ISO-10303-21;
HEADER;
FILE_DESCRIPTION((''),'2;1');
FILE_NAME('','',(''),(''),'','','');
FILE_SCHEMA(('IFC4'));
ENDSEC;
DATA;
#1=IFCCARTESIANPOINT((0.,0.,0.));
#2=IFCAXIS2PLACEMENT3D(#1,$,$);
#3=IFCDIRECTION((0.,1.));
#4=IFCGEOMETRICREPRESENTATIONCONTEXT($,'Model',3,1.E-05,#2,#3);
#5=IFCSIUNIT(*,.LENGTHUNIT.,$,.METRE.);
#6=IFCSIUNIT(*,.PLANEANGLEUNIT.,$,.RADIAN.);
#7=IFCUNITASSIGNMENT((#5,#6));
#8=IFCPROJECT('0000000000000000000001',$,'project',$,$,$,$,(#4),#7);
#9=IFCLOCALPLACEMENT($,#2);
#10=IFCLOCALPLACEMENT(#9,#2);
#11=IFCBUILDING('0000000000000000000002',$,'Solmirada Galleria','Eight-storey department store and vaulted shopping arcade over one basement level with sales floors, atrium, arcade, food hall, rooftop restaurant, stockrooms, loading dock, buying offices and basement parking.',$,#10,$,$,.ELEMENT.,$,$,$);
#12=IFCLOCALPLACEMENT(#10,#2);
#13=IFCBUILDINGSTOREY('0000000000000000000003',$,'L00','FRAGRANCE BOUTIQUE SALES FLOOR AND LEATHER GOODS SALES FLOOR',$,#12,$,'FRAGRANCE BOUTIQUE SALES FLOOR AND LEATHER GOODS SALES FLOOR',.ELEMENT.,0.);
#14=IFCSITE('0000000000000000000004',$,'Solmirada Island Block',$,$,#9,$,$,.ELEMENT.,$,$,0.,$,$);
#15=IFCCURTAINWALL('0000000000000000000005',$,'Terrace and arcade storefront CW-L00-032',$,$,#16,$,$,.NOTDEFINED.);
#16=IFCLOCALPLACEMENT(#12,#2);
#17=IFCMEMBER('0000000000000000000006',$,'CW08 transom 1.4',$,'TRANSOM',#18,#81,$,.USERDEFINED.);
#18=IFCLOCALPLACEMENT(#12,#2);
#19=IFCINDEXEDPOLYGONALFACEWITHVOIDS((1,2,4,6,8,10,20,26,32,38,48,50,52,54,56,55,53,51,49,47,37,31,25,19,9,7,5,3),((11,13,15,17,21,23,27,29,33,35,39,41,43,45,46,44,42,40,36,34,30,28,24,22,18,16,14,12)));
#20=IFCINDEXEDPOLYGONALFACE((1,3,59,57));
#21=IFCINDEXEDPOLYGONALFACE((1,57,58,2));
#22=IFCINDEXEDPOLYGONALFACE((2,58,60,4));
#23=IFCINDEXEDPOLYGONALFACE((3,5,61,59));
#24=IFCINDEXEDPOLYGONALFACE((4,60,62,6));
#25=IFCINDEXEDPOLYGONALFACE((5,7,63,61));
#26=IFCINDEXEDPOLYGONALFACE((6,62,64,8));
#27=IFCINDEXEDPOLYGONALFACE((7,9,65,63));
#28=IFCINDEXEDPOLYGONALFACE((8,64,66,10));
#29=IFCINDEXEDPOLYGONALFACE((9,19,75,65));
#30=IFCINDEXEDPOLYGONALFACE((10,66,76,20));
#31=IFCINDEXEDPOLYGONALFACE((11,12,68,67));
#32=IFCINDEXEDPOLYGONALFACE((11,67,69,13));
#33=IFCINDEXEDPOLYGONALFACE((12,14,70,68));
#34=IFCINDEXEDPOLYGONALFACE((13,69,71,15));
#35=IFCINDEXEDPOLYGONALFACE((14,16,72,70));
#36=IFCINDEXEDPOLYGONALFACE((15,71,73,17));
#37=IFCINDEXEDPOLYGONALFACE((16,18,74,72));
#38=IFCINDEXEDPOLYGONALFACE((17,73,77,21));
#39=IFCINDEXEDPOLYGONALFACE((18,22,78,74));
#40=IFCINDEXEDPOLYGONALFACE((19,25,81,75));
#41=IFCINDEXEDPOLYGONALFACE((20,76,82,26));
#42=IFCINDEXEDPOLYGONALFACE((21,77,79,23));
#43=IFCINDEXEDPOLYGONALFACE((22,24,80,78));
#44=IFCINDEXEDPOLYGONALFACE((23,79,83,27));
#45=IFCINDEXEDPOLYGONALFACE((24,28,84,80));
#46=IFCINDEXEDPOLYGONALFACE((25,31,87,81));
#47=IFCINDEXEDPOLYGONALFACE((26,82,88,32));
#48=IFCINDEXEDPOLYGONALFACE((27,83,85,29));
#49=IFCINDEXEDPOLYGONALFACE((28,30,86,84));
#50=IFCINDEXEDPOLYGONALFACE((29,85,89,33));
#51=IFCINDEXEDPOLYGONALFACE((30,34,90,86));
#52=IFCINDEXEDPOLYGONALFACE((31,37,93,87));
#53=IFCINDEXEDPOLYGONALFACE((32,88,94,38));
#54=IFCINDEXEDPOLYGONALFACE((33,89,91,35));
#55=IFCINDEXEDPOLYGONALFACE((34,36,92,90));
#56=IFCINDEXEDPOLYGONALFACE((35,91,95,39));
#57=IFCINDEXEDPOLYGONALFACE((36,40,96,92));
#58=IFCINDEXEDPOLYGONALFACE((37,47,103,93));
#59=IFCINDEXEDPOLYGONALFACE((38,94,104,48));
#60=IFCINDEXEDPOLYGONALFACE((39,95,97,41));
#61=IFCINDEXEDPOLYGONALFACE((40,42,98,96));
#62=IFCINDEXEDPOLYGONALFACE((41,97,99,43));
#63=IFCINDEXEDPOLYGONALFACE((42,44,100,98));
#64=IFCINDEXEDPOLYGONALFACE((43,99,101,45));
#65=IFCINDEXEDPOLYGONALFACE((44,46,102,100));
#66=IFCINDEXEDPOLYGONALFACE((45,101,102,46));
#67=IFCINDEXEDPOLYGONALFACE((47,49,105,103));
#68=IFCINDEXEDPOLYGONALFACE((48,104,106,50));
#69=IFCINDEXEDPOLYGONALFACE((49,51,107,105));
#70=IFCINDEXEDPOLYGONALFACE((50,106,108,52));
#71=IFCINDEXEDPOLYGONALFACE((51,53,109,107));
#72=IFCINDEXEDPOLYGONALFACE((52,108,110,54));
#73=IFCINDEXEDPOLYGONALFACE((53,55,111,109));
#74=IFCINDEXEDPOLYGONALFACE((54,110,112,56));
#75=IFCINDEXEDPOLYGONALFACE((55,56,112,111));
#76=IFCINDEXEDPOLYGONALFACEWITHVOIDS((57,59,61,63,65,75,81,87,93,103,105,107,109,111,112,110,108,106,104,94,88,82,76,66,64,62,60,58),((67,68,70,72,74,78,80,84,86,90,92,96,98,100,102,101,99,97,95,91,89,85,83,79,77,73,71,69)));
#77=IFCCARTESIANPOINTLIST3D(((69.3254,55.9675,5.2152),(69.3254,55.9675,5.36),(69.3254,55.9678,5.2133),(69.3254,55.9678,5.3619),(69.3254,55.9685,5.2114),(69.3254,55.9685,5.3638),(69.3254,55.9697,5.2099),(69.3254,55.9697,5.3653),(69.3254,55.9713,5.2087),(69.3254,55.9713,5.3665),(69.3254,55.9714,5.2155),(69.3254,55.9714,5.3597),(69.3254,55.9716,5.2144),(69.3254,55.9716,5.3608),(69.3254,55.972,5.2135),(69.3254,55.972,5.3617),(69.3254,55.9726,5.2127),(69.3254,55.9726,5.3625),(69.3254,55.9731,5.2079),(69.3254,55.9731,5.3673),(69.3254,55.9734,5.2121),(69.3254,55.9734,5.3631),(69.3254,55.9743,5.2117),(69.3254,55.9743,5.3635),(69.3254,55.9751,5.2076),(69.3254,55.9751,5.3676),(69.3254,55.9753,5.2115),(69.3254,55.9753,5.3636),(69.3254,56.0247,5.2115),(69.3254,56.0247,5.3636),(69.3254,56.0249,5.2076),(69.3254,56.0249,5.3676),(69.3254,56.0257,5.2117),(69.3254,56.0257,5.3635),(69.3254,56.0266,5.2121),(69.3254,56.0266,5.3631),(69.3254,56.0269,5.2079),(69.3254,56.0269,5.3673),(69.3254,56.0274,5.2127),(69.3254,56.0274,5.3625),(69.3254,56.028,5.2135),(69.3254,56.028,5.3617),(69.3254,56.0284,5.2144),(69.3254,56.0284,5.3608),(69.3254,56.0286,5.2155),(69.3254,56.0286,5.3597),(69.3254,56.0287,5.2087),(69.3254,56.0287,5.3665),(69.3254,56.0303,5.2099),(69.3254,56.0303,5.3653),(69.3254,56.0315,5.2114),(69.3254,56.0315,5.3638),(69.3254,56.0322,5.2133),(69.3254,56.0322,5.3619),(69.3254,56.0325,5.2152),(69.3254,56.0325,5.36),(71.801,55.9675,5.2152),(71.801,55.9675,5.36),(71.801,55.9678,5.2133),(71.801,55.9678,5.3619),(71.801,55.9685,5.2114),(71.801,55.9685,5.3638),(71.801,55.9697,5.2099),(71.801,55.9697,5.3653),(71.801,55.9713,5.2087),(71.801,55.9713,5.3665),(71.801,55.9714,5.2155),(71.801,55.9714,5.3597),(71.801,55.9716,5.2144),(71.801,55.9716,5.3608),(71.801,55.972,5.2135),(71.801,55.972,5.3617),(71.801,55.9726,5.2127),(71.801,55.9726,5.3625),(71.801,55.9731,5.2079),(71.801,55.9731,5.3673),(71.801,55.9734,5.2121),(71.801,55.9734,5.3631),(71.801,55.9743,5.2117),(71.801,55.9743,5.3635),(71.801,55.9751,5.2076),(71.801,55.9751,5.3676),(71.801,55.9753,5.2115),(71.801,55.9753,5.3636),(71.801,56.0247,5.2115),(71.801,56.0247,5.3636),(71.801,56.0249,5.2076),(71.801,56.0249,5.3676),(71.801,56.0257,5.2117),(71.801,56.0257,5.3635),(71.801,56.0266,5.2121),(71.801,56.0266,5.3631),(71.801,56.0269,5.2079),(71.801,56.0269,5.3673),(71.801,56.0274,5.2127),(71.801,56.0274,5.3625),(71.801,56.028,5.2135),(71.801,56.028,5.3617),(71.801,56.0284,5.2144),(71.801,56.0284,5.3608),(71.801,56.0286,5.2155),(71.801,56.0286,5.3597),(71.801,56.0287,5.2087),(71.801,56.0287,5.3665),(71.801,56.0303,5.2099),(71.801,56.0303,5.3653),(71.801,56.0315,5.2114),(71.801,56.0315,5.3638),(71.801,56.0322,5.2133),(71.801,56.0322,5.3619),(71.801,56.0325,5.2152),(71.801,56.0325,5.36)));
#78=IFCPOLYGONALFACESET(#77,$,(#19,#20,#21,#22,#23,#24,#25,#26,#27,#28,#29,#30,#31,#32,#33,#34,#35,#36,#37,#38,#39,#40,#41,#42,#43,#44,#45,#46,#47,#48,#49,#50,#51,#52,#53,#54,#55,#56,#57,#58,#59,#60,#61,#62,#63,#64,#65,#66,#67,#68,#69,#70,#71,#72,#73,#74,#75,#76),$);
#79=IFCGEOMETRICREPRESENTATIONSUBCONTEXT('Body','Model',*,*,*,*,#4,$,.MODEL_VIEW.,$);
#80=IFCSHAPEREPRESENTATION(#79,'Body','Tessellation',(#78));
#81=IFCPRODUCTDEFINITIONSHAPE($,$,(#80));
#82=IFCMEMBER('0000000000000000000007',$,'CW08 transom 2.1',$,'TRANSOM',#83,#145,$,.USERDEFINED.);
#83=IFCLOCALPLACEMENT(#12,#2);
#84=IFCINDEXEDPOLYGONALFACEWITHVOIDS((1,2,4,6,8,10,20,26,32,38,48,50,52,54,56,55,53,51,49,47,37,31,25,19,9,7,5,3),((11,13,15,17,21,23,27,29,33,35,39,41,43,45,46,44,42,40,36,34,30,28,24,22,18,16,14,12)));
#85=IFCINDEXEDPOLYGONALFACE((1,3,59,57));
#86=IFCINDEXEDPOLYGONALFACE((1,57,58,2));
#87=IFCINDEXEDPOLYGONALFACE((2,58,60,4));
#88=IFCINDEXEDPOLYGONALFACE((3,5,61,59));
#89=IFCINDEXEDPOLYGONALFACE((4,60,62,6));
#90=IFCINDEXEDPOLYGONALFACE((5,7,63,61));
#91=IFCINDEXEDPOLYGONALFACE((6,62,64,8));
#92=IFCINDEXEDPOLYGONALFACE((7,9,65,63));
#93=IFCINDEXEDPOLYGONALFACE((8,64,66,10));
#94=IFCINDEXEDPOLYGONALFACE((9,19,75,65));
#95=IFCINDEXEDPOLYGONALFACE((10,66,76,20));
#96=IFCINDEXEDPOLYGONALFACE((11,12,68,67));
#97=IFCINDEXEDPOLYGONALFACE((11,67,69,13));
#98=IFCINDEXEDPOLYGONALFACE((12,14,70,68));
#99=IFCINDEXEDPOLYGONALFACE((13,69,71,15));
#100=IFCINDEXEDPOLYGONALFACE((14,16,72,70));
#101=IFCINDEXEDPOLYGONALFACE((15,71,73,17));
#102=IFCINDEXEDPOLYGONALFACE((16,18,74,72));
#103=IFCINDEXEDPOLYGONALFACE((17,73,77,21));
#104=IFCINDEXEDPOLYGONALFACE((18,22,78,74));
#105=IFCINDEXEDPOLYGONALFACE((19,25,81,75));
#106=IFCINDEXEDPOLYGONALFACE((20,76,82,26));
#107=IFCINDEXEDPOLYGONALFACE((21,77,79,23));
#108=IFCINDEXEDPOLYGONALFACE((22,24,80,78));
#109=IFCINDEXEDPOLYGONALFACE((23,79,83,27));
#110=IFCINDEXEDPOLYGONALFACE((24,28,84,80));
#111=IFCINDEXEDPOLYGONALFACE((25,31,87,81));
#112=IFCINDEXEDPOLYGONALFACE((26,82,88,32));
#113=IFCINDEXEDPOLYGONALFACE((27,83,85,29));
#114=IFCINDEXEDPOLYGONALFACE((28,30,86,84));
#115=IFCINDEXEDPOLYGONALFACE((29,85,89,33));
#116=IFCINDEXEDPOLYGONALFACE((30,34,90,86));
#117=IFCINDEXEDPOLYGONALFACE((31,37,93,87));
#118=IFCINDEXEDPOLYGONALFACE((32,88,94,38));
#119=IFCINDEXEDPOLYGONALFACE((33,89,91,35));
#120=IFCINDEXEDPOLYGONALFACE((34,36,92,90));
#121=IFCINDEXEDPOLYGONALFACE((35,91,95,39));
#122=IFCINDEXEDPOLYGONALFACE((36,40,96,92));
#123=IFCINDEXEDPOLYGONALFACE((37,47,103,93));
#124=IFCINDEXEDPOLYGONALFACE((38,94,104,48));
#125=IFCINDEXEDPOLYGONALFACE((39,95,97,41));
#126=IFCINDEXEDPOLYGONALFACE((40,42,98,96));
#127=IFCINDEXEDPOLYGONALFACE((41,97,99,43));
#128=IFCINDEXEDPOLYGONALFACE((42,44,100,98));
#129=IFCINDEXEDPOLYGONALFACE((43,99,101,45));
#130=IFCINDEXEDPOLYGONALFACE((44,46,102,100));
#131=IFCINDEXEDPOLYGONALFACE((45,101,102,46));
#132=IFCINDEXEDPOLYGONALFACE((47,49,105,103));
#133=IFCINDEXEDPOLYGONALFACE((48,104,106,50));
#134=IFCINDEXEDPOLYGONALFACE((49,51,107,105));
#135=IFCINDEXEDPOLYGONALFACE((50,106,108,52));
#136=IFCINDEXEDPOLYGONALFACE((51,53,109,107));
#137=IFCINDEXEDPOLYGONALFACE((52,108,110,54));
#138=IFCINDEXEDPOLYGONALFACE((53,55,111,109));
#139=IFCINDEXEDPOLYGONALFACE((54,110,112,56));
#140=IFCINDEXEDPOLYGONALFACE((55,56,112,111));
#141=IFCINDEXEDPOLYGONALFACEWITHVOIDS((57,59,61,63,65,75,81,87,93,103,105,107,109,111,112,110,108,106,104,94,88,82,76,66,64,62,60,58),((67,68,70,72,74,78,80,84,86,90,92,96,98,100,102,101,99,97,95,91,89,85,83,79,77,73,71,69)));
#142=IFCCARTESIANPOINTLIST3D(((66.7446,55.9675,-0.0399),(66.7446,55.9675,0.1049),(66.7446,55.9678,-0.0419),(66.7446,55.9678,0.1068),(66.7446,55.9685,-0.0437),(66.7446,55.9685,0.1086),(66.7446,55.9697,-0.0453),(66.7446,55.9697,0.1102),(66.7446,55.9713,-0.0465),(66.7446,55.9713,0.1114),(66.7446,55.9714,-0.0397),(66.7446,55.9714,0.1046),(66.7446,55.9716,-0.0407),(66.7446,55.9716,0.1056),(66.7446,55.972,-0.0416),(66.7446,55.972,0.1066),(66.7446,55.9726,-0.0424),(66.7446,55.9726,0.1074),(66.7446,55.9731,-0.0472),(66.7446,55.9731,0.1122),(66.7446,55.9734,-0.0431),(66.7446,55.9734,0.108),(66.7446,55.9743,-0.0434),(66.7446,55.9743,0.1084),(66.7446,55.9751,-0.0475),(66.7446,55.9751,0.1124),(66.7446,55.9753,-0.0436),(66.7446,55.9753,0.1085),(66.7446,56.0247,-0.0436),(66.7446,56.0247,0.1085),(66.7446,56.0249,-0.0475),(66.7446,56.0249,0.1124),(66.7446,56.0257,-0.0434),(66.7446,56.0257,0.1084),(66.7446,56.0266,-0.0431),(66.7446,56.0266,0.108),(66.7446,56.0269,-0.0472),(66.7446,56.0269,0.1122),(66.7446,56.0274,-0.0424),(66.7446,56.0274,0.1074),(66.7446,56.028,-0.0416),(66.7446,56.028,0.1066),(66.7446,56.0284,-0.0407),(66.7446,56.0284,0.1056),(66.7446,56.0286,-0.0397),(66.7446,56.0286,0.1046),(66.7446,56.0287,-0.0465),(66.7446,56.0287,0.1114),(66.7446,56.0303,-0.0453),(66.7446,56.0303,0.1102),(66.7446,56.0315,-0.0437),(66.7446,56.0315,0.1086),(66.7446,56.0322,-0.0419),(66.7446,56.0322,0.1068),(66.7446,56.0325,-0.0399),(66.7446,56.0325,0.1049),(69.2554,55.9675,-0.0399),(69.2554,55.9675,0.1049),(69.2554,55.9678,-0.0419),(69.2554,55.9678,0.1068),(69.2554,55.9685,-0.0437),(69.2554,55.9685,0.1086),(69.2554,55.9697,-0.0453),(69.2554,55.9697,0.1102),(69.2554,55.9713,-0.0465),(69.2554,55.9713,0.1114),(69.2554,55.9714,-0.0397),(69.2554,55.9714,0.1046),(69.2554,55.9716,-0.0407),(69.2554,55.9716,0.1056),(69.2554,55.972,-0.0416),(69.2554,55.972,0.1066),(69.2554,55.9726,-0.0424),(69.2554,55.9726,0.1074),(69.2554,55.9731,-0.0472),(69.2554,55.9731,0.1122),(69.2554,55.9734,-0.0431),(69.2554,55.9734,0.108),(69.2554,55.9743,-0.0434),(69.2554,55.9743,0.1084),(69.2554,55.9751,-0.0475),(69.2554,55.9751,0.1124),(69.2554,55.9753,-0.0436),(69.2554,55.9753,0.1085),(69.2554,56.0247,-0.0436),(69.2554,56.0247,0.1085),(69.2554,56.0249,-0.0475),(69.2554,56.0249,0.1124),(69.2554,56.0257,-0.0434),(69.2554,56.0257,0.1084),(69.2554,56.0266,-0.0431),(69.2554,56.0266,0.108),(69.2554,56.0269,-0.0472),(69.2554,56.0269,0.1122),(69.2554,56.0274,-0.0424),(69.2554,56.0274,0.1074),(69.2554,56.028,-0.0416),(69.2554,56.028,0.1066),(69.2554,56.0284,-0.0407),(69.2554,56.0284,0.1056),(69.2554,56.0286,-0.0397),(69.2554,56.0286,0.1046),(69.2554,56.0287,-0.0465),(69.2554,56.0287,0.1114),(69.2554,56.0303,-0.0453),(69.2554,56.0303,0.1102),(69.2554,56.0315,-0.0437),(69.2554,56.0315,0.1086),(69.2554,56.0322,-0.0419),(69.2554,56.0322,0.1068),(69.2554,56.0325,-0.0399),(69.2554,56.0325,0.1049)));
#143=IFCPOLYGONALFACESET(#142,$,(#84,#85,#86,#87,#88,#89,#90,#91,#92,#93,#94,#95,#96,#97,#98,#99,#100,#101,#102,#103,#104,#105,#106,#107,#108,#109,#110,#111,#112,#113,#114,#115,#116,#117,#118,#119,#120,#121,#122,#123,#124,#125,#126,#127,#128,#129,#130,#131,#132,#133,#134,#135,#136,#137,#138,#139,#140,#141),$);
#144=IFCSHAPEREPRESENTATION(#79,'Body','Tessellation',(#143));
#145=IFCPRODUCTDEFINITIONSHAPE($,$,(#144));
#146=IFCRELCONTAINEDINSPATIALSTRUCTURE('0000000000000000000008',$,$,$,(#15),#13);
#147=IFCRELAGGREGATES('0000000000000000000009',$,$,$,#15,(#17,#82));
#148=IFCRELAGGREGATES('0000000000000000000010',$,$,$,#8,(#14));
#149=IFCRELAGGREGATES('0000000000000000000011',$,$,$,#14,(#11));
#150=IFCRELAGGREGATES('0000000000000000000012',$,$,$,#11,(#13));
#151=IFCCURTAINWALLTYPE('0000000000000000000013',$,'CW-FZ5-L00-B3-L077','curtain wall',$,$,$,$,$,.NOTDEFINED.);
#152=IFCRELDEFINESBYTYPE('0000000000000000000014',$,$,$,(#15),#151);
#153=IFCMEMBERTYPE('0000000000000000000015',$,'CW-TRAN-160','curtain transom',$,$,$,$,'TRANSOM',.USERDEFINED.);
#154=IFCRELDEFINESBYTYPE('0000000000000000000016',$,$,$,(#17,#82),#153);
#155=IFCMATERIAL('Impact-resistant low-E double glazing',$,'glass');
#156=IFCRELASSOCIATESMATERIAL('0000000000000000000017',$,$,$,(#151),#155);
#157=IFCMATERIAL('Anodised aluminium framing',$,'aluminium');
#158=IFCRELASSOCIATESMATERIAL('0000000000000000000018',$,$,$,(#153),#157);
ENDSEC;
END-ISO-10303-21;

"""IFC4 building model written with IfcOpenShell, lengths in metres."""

from ifc_helpers import new_model, si_unit, direction, frame, origin, origin_2d, place, context, subcontext, project, spatial, hollow_rectangle, extrude, material, material_profile, profile_set, type_object, element, aggregate, save


model = new_model("IFC4")

# Units and contexts
model_context = context("Model", 3, precision=1e-05, world=origin(), true_north=direction((0.0, 1.0)))
body_context = subcontext(model_context, "Body", "Model", "MODEL_VIEW")
ifc_project = project(units=[si_unit("LENGTHUNIT", "METRE"), si_unit("PLANEANGLEUNIT", "RADIAN")], contexts=[model_context])

# Site, building, storey
site_placement = place(None, origin())
site = spatial("IfcSite", under=ifc_project, at=site_placement, Name="Solmirada Island Block", CompositionType="ELEMENT", RefElevation=0.0)
building_placement = place(site_placement, origin())
building = spatial("IfcBuilding", under=site, at=building_placement, Name="Solmirada Galleria", Description="Eight-storey department store and vaulted shopping arcade over one basement level with sales floors, atrium, arcade, food hall, rooftop restaurant, stockrooms, loading dock, buying offices and basement parking.", CompositionType="ELEMENT")
storey_placement = place(building_placement, origin())
storey = spatial("IfcBuildingStorey", under=building, at=storey_placement, Name="L00", Description="FRAGRANCE BOUTIQUE SALES FLOOR AND LEATHER GOODS SALES FLOOR", LongName="FRAGRANCE BOUTIQUE SALES FLOOR AND LEATHER GOODS SALES FLOOR", CompositionType="ELEMENT", Elevation=0.0)

# Curtain wall
ifc_material_1 = material(Name="Impact-resistant low-E double glazing", Category="glass")
curtain_wall_type = type_object("IfcCurtainWallType", Name="CW-FZ5-L00-B3-L077", Description="curtain wall", PredefinedType="NOTDEFINED", material=ifc_material_1)
ifc_material_2 = material(Name="Anodised aluminium framing", Category="aluminium")
curtain_wall_1_placement = place(storey_placement, origin())
curtain_wall_1 = element("IfcCurtainWall", 1, at=curtain_wall_1_placement, inside=storey, type_object=curtain_wall_type, Name="Terrace and arcade storefront CW-L00-032", PredefinedType="NOTDEFINED")

# Members
ifc_material_profile_1 = material_profile(ifc_material_2, hollow_rectangle(XDim=0.0649, YDim=0.1599, WallThickness=0.0039, InnerFilletRadius=0.0039, OuterFilletRadius=0.0076, at=origin_2d()), Name="ALU-TRAN-160X65")
ifc_profile_set_1 = profile_set([ifc_material_profile_1], Name="Anodised aluminium framing")
member_type_1 = type_object("IfcMemberType", Name="CW-TRAN-160", Description="curtain transom", ElementType="TRANSOM", PredefinedType="USERDEFINED", material=ifc_profile_set_1)
member_1_placement = place(storey_placement, frame((71.801, 56.0, 5.2876), z_axis=(-1.0, 0.0, 0.0), x_axis=(0.0, -1.0, 0.0)))
member_1 = element("IfcMember", 2, at=member_1_placement, type_object=member_type_1, Name="CW08 transom 1.4", ObjectType="TRANSOM", PredefinedType="USERDEFINED", context=body_context, shape_type="SweptSolid", body=[
    extrude(hollow_rectangle(XDim=0.0649, YDim=0.1599, WallThickness=0.0039, InnerFilletRadius=0.0039, OuterFilletRadius=0.0076, at=origin_2d()), origin(), (0.0, 0.0, 1.0), 2.4756),
])
member_2_placement = place(storey_placement, frame((69.2554, 56.0, 0.0325), z_axis=(-1.0, 0.0, 0.0), x_axis=(0.0, -1.0, 0.0)))
member_2 = element("IfcMember", 3, at=member_2_placement, type_object=member_type_1, Name="CW08 transom 2.1", ObjectType="TRANSOM", PredefinedType="USERDEFINED", context=body_context, shape_type="SweptSolid", body=[
    extrude(hollow_rectangle(XDim=0.0649, YDim=0.1599, WallThickness=0.0039, InnerFilletRadius=0.0039, OuterFilletRadius=0.0076, at=origin_2d()), origin(), (0.0, 0.0, 1.0), 2.5107),
])

aggregate(curtain_wall_1, [member_1, member_2])

save(model, "model.ifc")
